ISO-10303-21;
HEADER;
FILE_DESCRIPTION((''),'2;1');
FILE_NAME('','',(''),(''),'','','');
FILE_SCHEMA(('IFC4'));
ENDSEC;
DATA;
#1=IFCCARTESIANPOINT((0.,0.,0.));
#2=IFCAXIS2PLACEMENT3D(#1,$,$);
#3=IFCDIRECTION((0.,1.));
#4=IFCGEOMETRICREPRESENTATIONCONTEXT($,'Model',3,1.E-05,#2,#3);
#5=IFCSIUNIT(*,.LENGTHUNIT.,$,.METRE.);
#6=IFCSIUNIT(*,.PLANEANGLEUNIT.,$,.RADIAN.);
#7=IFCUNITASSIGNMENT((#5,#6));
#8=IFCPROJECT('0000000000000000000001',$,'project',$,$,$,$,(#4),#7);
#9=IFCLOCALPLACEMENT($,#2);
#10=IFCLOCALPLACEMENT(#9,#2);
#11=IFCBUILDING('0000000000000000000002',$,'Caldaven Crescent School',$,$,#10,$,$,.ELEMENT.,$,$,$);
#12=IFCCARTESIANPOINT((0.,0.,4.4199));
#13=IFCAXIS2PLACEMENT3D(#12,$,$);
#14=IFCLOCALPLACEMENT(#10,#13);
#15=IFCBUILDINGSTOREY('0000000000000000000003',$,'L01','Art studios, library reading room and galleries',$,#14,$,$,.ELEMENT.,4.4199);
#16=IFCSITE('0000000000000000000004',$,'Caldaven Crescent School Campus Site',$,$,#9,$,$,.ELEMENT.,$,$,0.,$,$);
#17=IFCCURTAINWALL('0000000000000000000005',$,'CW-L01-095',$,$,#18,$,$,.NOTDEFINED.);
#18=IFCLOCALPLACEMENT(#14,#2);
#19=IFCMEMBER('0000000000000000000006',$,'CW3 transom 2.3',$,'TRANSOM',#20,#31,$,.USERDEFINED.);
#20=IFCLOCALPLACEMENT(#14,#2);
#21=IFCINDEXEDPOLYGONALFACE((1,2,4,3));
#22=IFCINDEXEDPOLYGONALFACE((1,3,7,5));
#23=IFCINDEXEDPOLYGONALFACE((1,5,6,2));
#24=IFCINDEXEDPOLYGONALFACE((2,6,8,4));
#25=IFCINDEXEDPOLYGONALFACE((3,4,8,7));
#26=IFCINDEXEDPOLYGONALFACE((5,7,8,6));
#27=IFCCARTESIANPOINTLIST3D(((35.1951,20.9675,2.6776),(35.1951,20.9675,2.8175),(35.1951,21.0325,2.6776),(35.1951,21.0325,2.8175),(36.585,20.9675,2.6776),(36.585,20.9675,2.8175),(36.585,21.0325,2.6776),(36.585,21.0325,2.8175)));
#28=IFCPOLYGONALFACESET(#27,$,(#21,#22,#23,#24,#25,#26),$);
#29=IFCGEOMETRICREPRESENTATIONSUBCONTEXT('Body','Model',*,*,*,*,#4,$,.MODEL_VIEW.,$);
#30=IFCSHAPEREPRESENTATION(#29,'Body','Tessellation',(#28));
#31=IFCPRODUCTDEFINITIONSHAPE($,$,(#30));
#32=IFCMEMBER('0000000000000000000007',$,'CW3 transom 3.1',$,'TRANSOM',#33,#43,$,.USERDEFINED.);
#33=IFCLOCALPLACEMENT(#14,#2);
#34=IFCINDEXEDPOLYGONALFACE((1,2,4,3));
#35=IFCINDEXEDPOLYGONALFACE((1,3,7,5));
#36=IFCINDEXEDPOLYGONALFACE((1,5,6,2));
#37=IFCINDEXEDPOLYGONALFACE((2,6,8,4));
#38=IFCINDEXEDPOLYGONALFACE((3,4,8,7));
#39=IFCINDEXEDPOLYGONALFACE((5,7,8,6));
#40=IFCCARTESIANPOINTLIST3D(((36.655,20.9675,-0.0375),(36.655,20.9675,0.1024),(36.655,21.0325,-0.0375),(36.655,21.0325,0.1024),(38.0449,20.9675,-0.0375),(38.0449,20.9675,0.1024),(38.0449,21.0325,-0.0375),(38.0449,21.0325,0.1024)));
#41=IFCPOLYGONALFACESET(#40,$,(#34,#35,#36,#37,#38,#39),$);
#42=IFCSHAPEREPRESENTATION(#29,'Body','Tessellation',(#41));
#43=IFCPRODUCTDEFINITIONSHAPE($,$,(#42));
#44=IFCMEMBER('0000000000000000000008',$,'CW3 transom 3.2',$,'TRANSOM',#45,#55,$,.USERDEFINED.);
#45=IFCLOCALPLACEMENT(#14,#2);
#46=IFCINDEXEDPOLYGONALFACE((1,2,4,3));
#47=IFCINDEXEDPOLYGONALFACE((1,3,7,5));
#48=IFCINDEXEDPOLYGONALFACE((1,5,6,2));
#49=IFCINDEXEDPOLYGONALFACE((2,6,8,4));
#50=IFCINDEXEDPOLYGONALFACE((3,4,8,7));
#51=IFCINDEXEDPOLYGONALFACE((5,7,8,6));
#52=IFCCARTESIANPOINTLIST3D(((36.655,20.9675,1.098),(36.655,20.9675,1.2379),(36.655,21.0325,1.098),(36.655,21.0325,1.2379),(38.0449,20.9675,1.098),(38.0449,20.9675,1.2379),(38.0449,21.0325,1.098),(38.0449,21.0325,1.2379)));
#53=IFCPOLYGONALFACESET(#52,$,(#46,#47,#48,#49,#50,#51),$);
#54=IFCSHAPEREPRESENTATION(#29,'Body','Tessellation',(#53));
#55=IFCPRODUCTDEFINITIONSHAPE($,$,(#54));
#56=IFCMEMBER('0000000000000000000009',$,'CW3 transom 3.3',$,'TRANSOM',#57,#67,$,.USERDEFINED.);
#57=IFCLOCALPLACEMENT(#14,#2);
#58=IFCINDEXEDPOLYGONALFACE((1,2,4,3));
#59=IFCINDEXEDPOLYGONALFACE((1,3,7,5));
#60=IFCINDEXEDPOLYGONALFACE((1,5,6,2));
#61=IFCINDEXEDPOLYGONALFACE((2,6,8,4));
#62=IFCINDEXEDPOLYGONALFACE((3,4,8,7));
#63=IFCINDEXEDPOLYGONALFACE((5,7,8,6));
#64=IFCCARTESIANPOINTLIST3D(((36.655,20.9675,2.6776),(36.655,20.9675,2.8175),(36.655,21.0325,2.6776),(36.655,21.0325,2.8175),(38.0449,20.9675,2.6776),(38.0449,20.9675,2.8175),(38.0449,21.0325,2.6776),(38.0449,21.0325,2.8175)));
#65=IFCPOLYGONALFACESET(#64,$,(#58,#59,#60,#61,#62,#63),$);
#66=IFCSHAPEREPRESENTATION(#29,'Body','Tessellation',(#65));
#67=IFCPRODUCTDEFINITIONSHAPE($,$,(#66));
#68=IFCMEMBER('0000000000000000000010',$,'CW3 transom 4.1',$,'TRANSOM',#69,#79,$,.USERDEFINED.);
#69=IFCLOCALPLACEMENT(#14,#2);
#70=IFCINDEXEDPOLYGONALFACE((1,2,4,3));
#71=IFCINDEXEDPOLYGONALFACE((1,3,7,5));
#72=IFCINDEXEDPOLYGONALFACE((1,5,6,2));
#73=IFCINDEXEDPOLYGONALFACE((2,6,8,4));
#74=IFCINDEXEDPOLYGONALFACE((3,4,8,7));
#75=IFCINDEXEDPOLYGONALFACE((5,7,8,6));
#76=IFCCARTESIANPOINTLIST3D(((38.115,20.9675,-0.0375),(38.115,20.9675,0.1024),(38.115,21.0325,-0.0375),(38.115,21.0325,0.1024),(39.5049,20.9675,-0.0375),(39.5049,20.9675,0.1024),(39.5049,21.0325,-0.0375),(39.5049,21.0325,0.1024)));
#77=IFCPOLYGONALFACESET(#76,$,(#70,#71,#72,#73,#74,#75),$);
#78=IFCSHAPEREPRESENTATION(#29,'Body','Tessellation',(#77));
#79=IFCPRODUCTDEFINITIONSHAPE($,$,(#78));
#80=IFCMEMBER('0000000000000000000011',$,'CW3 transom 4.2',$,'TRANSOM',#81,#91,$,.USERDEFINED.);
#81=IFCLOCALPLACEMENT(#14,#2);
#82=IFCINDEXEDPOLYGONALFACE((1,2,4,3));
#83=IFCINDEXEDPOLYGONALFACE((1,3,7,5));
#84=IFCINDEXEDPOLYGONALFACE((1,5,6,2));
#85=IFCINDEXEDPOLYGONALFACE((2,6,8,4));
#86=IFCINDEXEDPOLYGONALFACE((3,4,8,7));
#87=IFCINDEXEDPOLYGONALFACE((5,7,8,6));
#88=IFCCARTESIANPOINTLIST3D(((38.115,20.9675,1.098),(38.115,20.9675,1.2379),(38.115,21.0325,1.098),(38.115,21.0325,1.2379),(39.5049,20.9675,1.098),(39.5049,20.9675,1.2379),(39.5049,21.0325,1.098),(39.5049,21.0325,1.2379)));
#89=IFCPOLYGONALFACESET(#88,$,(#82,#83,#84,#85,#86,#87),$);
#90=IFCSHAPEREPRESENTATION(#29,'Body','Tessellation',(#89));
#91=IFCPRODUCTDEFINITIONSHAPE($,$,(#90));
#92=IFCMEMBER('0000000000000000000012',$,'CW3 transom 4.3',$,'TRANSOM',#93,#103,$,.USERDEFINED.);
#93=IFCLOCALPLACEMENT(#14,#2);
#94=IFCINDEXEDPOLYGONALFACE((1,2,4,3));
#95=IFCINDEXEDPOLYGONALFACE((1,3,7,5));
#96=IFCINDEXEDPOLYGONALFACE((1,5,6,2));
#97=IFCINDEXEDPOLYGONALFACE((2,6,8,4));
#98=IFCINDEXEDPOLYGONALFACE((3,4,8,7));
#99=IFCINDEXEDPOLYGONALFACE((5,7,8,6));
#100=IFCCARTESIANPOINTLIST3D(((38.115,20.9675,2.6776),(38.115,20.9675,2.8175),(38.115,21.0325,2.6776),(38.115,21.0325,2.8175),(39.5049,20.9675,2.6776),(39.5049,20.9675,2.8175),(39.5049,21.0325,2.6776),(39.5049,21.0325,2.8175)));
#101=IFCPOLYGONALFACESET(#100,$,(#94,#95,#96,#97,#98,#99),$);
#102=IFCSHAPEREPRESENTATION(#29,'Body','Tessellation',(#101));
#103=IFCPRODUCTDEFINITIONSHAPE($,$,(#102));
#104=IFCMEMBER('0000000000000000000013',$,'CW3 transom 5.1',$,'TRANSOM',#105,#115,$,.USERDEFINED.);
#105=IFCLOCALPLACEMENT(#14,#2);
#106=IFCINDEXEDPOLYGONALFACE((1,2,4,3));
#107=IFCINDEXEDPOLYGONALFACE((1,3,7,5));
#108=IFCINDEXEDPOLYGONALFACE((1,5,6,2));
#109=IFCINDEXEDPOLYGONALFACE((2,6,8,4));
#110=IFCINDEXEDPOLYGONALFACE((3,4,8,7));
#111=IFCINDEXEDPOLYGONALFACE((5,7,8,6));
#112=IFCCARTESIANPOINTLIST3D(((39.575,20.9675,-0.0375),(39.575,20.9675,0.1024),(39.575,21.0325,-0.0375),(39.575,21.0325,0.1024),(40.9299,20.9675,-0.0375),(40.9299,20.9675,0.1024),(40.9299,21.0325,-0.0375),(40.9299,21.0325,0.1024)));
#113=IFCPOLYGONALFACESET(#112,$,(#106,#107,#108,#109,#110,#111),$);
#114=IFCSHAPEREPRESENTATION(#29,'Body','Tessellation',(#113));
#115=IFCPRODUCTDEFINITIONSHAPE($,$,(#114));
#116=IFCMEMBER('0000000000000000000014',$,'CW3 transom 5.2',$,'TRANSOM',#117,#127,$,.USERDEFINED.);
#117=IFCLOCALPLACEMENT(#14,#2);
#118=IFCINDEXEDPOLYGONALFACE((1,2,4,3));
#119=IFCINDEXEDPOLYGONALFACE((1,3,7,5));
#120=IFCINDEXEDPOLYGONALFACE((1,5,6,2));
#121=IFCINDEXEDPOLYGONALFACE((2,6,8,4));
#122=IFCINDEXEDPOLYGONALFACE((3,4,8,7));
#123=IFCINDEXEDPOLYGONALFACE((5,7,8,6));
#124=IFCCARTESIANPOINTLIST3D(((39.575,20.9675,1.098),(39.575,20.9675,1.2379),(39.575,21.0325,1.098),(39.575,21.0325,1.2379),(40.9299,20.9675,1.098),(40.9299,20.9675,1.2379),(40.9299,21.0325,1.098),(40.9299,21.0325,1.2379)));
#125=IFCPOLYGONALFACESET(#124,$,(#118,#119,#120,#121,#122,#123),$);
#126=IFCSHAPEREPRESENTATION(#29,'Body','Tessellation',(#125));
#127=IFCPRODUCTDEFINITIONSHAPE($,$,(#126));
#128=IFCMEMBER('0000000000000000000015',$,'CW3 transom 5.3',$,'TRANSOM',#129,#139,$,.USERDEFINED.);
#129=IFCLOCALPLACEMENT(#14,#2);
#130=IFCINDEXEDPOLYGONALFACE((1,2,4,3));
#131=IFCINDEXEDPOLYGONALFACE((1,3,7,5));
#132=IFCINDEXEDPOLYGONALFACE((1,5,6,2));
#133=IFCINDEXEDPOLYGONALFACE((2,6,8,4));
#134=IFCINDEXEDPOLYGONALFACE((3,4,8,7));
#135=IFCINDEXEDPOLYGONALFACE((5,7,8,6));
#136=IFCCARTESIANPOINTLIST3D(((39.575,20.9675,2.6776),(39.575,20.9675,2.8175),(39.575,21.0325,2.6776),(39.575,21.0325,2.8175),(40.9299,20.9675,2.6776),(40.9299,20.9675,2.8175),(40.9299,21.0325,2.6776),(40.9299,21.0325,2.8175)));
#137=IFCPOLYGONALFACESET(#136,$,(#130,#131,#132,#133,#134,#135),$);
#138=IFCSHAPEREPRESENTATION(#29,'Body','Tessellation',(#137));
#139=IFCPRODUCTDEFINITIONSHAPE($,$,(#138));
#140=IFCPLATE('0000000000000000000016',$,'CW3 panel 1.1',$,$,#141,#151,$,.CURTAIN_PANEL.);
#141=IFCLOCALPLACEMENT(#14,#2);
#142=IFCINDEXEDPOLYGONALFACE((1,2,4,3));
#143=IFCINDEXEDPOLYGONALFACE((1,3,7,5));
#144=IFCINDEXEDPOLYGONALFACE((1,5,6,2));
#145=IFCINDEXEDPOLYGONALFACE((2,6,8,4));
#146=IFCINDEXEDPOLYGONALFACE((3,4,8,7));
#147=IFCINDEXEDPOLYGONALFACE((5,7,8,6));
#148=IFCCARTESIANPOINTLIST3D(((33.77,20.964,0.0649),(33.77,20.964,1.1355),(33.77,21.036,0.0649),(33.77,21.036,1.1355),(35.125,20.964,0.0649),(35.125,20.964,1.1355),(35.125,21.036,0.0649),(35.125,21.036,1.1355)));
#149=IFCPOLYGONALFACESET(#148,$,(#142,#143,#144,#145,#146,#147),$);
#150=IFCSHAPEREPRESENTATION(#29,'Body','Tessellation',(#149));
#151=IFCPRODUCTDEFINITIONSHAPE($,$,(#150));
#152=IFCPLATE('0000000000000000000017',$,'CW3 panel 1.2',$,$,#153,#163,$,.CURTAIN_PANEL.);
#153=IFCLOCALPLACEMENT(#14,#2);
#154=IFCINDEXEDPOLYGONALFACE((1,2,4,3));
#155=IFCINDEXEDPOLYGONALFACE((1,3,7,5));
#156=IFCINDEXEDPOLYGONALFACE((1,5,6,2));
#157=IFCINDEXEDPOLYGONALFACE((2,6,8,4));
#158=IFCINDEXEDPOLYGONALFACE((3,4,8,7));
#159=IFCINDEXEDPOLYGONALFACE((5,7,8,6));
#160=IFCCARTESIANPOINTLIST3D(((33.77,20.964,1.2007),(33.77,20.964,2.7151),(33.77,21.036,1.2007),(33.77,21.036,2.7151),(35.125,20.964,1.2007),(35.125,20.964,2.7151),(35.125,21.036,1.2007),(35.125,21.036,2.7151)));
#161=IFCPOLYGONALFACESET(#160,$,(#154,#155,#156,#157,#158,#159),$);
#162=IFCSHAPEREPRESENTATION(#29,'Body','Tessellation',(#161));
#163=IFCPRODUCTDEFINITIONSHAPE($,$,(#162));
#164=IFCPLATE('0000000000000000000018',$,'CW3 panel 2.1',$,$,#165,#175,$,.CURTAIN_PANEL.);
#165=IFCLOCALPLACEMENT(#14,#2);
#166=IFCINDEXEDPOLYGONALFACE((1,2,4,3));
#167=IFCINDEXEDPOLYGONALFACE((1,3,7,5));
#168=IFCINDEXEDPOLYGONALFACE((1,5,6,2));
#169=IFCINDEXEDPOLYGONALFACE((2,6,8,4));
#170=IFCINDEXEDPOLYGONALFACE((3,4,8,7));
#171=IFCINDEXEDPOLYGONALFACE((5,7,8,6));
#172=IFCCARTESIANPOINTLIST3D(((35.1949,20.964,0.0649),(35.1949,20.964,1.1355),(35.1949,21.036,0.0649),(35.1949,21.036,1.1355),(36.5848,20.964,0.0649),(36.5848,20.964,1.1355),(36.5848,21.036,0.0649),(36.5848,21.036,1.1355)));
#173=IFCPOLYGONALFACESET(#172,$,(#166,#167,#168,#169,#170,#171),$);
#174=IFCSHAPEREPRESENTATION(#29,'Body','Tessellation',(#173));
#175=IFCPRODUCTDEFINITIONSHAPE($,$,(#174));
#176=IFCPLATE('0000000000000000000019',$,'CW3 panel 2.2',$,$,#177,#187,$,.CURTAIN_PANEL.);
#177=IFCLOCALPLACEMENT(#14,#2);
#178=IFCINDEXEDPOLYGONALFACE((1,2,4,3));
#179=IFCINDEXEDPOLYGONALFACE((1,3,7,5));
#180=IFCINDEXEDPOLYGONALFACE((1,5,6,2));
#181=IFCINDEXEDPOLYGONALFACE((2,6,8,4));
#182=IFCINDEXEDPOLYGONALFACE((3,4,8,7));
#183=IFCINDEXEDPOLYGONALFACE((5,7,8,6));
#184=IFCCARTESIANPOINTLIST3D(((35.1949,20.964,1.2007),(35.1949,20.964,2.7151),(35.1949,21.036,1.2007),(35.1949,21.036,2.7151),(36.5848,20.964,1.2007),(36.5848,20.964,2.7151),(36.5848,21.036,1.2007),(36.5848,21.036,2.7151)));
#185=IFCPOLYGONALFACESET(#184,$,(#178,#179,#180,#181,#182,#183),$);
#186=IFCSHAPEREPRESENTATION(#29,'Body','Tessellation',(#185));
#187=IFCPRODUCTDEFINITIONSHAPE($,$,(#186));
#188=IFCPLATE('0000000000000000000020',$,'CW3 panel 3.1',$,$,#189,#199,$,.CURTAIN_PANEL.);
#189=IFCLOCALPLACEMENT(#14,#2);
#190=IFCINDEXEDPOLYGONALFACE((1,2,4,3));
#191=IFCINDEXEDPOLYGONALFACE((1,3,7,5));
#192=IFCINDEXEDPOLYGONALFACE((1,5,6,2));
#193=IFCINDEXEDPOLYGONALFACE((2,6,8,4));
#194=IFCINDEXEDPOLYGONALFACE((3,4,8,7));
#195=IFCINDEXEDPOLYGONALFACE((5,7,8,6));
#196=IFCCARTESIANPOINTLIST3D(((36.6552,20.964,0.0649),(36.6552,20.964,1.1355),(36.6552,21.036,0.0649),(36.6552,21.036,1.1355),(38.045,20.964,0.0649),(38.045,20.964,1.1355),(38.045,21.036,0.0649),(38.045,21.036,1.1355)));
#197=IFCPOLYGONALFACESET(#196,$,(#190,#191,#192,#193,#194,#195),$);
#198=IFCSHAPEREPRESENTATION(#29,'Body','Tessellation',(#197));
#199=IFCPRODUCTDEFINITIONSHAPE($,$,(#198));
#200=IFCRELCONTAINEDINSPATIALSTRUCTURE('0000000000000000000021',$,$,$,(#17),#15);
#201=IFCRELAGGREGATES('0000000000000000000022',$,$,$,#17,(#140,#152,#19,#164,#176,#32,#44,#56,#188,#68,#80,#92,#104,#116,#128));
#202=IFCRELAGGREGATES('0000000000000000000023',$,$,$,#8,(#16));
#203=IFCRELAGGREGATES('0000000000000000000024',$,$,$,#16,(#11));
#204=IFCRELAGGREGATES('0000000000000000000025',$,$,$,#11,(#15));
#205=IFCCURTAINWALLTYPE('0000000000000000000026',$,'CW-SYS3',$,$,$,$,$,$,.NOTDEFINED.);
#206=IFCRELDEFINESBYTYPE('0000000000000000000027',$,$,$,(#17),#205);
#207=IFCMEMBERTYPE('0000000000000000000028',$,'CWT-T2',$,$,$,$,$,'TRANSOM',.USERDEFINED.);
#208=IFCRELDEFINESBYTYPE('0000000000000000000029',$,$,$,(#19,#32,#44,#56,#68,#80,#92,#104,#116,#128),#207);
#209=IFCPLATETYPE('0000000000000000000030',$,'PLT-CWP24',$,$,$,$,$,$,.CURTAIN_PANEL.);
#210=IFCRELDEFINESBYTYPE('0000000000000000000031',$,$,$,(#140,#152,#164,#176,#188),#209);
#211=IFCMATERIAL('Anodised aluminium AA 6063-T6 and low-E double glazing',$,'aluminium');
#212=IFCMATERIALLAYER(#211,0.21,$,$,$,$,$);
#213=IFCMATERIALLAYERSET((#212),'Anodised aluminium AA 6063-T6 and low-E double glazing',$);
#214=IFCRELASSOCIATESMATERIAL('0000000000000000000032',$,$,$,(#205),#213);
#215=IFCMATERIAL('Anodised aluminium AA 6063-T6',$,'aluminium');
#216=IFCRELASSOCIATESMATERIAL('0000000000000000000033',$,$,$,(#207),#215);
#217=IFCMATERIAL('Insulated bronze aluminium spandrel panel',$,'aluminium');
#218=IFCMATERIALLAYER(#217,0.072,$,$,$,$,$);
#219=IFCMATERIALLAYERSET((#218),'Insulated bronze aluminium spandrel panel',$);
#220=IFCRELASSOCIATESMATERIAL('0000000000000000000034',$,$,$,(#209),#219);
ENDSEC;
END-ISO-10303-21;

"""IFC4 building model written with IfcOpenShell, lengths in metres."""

from ifc_helpers import new_model, si_unit, direction, frame, origin, origin_2d, place, context, subcontext, project, spatial, rectangle, extrude, material, layer, layer_set, material_profile, profile_set, type_object, element, aggregate, save


model = new_model("IFC4")

# Units and contexts
model_context = context("Model", 3, precision=1e-05, world=origin(), true_north=direction((0.0, 1.0)))
body_context = subcontext(model_context, "Body", "Model", "MODEL_VIEW")
ifc_project = project(units=[si_unit("LENGTHUNIT", "METRE"), si_unit("PLANEANGLEUNIT", "RADIAN")], contexts=[model_context])

# Site, building, storey
site_placement = place(None, origin())
site = spatial("IfcSite", under=ifc_project, at=site_placement, Name="Caldaven Crescent School Campus Site", CompositionType="ELEMENT", RefElevation=0.0)
building_placement = place(site_placement, origin())
building = spatial("IfcBuilding", under=site, at=building_placement, Name="Caldaven Crescent School", CompositionType="ELEMENT")
storey_placement = place(building_placement, frame((0.0, 0.0, 4.4199)))
storey = spatial("IfcBuildingStorey", under=building, at=storey_placement, Name="L01", Description="Art studios, library reading room and galleries", CompositionType="ELEMENT", Elevation=4.4199)

# Curtain wall, members, plates
ifc_material_1 = material(Name="Anodised aluminium AA 6063-T6 and low-E double glazing", Category="aluminium")
ifc_layer_1 = layer(ifc_material_1, 0.21)
ifc_layer_set_1 = layer_set([ifc_layer_1], Name="Anodised aluminium AA 6063-T6 and low-E double glazing")
curtain_wall_type = type_object("IfcCurtainWallType", Name="CW-SYS3", PredefinedType="NOTDEFINED", material=ifc_layer_set_1)
curtain_wall_placement = place(storey_placement, origin())
curtain_wall = element("IfcCurtainWall", 1, at=curtain_wall_placement, inside=storey, type_object=curtain_wall_type, Name="CW-L01-095", PredefinedType="NOTDEFINED")
ifc_material_2 = material(Name="Anodised aluminium AA 6063-T6", Category="aluminium")
ifc_material_profile_1 = material_profile(ifc_material_2, rectangle(XDim=0.0649, YDim=0.1399, at=origin_2d()), Name="CWT 65x140")
ifc_profile_set_1 = profile_set([ifc_material_profile_1], Name="Anodised aluminium AA 6063-T6")
member_type_1 = type_object("IfcMemberType", Name="CWT-T2", ElementType="TRANSOM", PredefinedType="USERDEFINED", material=ifc_profile_set_1)
member_1_placement = place(storey_placement, frame((35.1951, 21.0, 2.7476), z_axis=(1.0, 0.0, 0.0), x_axis=(0.0, 1.0, 0.0)))
member_1 = element("IfcMember", 2, at=member_1_placement, type_object=member_type_1, Name="CW3 transom 2.3", ObjectType="TRANSOM", PredefinedType="USERDEFINED", context=body_context, shape_type="SweptSolid", body=[
    extrude(rectangle(XDim=0.0649, YDim=0.1399, at=origin_2d()), origin(), (0.0, 0.0, 1.0), 1.3899),
])
member_2_placement = place(storey_placement, frame((36.655, 21.0, 0.0325), z_axis=(1.0, 0.0, 0.0), x_axis=(0.0, 1.0, 0.0)))
member_2 = element("IfcMember", 3, at=member_2_placement, type_object=member_type_1, Name="CW3 transom 3.1", ObjectType="TRANSOM", PredefinedType="USERDEFINED", context=body_context, shape_type="SweptSolid", body=[
    extrude(rectangle(XDim=0.0649, YDim=0.1399, at=origin_2d()), origin(), (0.0, 0.0, 1.0), 1.3899),
])
member_3_placement = place(storey_placement, frame((36.655, 21.0, 1.168), z_axis=(1.0, 0.0, 0.0), x_axis=(0.0, 1.0, 0.0)))
member_3 = element("IfcMember", 4, at=member_3_placement, type_object=member_type_1, Name="CW3 transom 3.2", ObjectType="TRANSOM", PredefinedType="USERDEFINED", context=body_context, shape_type="SweptSolid", body=[
    extrude(rectangle(XDim=0.0649, YDim=0.1399, at=origin_2d()), origin(), (0.0, 0.0, 1.0), 1.3899),
])
member_4_placement = place(storey_placement, frame((36.655, 21.0, 2.7476), z_axis=(1.0, 0.0, 0.0), x_axis=(0.0, 1.0, 0.0)))
member_4 = element("IfcMember", 5, at=member_4_placement, type_object=member_type_1, Name="CW3 transom 3.3", ObjectType="TRANSOM", PredefinedType="USERDEFINED", context=body_context, shape_type="SweptSolid", body=[
    extrude(rectangle(XDim=0.0649, YDim=0.1399, at=origin_2d()), origin(), (0.0, 0.0, 1.0), 1.3899),
])
member_5_placement = place(storey_placement, frame((38.115, 21.0, 0.0325), z_axis=(1.0, 0.0, 0.0), x_axis=(0.0, 1.0, 0.0)))
member_5 = element("IfcMember", 6, at=member_5_placement, type_object=member_type_1, Name="CW3 transom 4.1", ObjectType="TRANSOM", PredefinedType="USERDEFINED", context=body_context, shape_type="SweptSolid", body=[
    extrude(rectangle(XDim=0.0649, YDim=0.1399, at=origin_2d()), origin(), (0.0, 0.0, 1.0), 1.3899),
])
member_6_placement = place(storey_placement, frame((38.115, 21.0, 1.168), z_axis=(1.0, 0.0, 0.0), x_axis=(0.0, 1.0, 0.0)))
member_6 = element("IfcMember", 7, at=member_6_placement, type_object=member_type_1, Name="CW3 transom 4.2", ObjectType="TRANSOM", PredefinedType="USERDEFINED", context=body_context, shape_type="SweptSolid", body=[
    extrude(rectangle(XDim=0.0649, YDim=0.1399, at=origin_2d()), origin(), (0.0, 0.0, 1.0), 1.3899),
])
member_7_placement = place(storey_placement, frame((38.115, 21.0, 2.7476), z_axis=(1.0, 0.0, 0.0), x_axis=(0.0, 1.0, 0.0)))
member_7 = element("IfcMember", 8, at=member_7_placement, type_object=member_type_1, Name="CW3 transom 4.3", ObjectType="TRANSOM", PredefinedType="USERDEFINED", context=body_context, shape_type="SweptSolid", body=[
    extrude(rectangle(XDim=0.0649, YDim=0.1399, at=origin_2d()), origin(), (0.0, 0.0, 1.0), 1.3899),
])
member_8_placement = place(storey_placement, frame((39.575, 21.0, 0.0325), z_axis=(1.0, 0.0, 0.0), x_axis=(0.0, 1.0, 0.0)))
member_8 = element("IfcMember", 9, at=member_8_placement, type_object=member_type_1, Name="CW3 transom 5.1", ObjectType="TRANSOM", PredefinedType="USERDEFINED", context=body_context, shape_type="SweptSolid", body=[
    extrude(rectangle(XDim=0.0649, YDim=0.1399, at=origin_2d()), origin(), (0.0, 0.0, 1.0), 1.355),
])
member_9_placement = place(storey_placement, frame((39.575, 21.0, 1.168), z_axis=(1.0, 0.0, 0.0), x_axis=(0.0, 1.0, 0.0)))
member_9 = element("IfcMember", 10, at=member_9_placement, type_object=member_type_1, Name="CW3 transom 5.2", ObjectType="TRANSOM", PredefinedType="USERDEFINED", context=body_context, shape_type="SweptSolid", body=[
    extrude(rectangle(XDim=0.0649, YDim=0.1399, at=origin_2d()), origin(), (0.0, 0.0, 1.0), 1.355),
])
member_10_placement = place(storey_placement, frame((39.575, 21.0, 2.7476), z_axis=(1.0, 0.0, 0.0), x_axis=(0.0, 1.0, 0.0)))
member_10 = element("IfcMember", 11, at=member_10_placement, type_object=member_type_1, Name="CW3 transom 5.3", ObjectType="TRANSOM", PredefinedType="USERDEFINED", context=body_context, shape_type="SweptSolid", body=[
    extrude(rectangle(XDim=0.0649, YDim=0.1399, at=origin_2d()), origin(), (0.0, 0.0, 1.0), 1.355),
])
ifc_material_3 = material(Name="Insulated bronze aluminium spandrel panel", Category="aluminium")
ifc_layer_2 = layer(ifc_material_3, 0.072)
ifc_layer_set_2 = layer_set([ifc_layer_2], Name="Insulated bronze aluminium spandrel panel")
plate_type = type_object("IfcPlateType", Name="PLT-CWP24", PredefinedType="CURTAIN_PANEL", material=ifc_layer_set_2)
plate_1_placement = place(storey_placement, frame((34.4475, 21.0, 0.0649), z_axis=(0.0, 0.0, 1.0), x_axis=(1.0, 0.0, 0.0)))
plate_1 = element("IfcPlate", 12, at=plate_1_placement, type_object=plate_type, Name="CW3 panel 1.1", PredefinedType="CURTAIN_PANEL", context=body_context, shape_type="SweptSolid", body=[
    extrude(rectangle(XDim=1.355, YDim=0.072, at=origin_2d()), origin(), (0.0, 0.0, 1.0), 1.0706),
])
plate_2_placement = place(storey_placement, frame((34.4475, 21.0, 1.2007), z_axis=(0.0, 0.0, 1.0), x_axis=(1.0, 0.0, 0.0)))
plate_2 = element("IfcPlate", 13, at=plate_2_placement, type_object=plate_type, Name="CW3 panel 1.2", PredefinedType="CURTAIN_PANEL", context=body_context, shape_type="SweptSolid", body=[
    extrude(rectangle(XDim=1.355, YDim=0.072, at=origin_2d()), origin(), (0.0, 0.0, 1.0), 1.5144),
])
plate_3_placement = place(storey_placement, frame((35.8899, 21.0, 0.0649), z_axis=(0.0, 0.0, 1.0), x_axis=(1.0, 0.0, 0.0)))
plate_3 = element("IfcPlate", 14, at=plate_3_placement, type_object=plate_type, Name="CW3 panel 2.1", PredefinedType="CURTAIN_PANEL", context=body_context, shape_type="SweptSolid", body=[
    extrude(rectangle(XDim=1.3899, YDim=0.072, at=origin_2d()), origin(), (0.0, 0.0, 1.0), 1.0706),
])
plate_4_placement = place(storey_placement, frame((35.8899, 21.0, 1.2007), z_axis=(0.0, 0.0, 1.0), x_axis=(1.0, 0.0, 0.0)))
plate_4 = element("IfcPlate", 15, at=plate_4_placement, type_object=plate_type, Name="CW3 panel 2.2", PredefinedType="CURTAIN_PANEL", context=body_context, shape_type="SweptSolid", body=[
    extrude(rectangle(XDim=1.3899, YDim=0.072, at=origin_2d()), origin(), (0.0, 0.0, 1.0), 1.5144),
])
plate_5_placement = place(storey_placement, frame((37.3501, 21.0, 0.0649), z_axis=(0.0, 0.0, 1.0), x_axis=(1.0, 0.0, 0.0)))
plate_5 = element("IfcPlate", 16, at=plate_5_placement, type_object=plate_type, Name="CW3 panel 3.1", PredefinedType="CURTAIN_PANEL", context=body_context, shape_type="SweptSolid", body=[
    extrude(rectangle(XDim=1.3899, YDim=0.072, at=origin_2d()), origin(), (0.0, 0.0, 1.0), 1.0706),
])
aggregate(curtain_wall, [plate_1, plate_2, member_1, plate_3, plate_4, member_2, member_3, member_4, plate_5, member_5, member_6, member_7, member_8, member_9, member_10])

save(model, "model.ifc")
